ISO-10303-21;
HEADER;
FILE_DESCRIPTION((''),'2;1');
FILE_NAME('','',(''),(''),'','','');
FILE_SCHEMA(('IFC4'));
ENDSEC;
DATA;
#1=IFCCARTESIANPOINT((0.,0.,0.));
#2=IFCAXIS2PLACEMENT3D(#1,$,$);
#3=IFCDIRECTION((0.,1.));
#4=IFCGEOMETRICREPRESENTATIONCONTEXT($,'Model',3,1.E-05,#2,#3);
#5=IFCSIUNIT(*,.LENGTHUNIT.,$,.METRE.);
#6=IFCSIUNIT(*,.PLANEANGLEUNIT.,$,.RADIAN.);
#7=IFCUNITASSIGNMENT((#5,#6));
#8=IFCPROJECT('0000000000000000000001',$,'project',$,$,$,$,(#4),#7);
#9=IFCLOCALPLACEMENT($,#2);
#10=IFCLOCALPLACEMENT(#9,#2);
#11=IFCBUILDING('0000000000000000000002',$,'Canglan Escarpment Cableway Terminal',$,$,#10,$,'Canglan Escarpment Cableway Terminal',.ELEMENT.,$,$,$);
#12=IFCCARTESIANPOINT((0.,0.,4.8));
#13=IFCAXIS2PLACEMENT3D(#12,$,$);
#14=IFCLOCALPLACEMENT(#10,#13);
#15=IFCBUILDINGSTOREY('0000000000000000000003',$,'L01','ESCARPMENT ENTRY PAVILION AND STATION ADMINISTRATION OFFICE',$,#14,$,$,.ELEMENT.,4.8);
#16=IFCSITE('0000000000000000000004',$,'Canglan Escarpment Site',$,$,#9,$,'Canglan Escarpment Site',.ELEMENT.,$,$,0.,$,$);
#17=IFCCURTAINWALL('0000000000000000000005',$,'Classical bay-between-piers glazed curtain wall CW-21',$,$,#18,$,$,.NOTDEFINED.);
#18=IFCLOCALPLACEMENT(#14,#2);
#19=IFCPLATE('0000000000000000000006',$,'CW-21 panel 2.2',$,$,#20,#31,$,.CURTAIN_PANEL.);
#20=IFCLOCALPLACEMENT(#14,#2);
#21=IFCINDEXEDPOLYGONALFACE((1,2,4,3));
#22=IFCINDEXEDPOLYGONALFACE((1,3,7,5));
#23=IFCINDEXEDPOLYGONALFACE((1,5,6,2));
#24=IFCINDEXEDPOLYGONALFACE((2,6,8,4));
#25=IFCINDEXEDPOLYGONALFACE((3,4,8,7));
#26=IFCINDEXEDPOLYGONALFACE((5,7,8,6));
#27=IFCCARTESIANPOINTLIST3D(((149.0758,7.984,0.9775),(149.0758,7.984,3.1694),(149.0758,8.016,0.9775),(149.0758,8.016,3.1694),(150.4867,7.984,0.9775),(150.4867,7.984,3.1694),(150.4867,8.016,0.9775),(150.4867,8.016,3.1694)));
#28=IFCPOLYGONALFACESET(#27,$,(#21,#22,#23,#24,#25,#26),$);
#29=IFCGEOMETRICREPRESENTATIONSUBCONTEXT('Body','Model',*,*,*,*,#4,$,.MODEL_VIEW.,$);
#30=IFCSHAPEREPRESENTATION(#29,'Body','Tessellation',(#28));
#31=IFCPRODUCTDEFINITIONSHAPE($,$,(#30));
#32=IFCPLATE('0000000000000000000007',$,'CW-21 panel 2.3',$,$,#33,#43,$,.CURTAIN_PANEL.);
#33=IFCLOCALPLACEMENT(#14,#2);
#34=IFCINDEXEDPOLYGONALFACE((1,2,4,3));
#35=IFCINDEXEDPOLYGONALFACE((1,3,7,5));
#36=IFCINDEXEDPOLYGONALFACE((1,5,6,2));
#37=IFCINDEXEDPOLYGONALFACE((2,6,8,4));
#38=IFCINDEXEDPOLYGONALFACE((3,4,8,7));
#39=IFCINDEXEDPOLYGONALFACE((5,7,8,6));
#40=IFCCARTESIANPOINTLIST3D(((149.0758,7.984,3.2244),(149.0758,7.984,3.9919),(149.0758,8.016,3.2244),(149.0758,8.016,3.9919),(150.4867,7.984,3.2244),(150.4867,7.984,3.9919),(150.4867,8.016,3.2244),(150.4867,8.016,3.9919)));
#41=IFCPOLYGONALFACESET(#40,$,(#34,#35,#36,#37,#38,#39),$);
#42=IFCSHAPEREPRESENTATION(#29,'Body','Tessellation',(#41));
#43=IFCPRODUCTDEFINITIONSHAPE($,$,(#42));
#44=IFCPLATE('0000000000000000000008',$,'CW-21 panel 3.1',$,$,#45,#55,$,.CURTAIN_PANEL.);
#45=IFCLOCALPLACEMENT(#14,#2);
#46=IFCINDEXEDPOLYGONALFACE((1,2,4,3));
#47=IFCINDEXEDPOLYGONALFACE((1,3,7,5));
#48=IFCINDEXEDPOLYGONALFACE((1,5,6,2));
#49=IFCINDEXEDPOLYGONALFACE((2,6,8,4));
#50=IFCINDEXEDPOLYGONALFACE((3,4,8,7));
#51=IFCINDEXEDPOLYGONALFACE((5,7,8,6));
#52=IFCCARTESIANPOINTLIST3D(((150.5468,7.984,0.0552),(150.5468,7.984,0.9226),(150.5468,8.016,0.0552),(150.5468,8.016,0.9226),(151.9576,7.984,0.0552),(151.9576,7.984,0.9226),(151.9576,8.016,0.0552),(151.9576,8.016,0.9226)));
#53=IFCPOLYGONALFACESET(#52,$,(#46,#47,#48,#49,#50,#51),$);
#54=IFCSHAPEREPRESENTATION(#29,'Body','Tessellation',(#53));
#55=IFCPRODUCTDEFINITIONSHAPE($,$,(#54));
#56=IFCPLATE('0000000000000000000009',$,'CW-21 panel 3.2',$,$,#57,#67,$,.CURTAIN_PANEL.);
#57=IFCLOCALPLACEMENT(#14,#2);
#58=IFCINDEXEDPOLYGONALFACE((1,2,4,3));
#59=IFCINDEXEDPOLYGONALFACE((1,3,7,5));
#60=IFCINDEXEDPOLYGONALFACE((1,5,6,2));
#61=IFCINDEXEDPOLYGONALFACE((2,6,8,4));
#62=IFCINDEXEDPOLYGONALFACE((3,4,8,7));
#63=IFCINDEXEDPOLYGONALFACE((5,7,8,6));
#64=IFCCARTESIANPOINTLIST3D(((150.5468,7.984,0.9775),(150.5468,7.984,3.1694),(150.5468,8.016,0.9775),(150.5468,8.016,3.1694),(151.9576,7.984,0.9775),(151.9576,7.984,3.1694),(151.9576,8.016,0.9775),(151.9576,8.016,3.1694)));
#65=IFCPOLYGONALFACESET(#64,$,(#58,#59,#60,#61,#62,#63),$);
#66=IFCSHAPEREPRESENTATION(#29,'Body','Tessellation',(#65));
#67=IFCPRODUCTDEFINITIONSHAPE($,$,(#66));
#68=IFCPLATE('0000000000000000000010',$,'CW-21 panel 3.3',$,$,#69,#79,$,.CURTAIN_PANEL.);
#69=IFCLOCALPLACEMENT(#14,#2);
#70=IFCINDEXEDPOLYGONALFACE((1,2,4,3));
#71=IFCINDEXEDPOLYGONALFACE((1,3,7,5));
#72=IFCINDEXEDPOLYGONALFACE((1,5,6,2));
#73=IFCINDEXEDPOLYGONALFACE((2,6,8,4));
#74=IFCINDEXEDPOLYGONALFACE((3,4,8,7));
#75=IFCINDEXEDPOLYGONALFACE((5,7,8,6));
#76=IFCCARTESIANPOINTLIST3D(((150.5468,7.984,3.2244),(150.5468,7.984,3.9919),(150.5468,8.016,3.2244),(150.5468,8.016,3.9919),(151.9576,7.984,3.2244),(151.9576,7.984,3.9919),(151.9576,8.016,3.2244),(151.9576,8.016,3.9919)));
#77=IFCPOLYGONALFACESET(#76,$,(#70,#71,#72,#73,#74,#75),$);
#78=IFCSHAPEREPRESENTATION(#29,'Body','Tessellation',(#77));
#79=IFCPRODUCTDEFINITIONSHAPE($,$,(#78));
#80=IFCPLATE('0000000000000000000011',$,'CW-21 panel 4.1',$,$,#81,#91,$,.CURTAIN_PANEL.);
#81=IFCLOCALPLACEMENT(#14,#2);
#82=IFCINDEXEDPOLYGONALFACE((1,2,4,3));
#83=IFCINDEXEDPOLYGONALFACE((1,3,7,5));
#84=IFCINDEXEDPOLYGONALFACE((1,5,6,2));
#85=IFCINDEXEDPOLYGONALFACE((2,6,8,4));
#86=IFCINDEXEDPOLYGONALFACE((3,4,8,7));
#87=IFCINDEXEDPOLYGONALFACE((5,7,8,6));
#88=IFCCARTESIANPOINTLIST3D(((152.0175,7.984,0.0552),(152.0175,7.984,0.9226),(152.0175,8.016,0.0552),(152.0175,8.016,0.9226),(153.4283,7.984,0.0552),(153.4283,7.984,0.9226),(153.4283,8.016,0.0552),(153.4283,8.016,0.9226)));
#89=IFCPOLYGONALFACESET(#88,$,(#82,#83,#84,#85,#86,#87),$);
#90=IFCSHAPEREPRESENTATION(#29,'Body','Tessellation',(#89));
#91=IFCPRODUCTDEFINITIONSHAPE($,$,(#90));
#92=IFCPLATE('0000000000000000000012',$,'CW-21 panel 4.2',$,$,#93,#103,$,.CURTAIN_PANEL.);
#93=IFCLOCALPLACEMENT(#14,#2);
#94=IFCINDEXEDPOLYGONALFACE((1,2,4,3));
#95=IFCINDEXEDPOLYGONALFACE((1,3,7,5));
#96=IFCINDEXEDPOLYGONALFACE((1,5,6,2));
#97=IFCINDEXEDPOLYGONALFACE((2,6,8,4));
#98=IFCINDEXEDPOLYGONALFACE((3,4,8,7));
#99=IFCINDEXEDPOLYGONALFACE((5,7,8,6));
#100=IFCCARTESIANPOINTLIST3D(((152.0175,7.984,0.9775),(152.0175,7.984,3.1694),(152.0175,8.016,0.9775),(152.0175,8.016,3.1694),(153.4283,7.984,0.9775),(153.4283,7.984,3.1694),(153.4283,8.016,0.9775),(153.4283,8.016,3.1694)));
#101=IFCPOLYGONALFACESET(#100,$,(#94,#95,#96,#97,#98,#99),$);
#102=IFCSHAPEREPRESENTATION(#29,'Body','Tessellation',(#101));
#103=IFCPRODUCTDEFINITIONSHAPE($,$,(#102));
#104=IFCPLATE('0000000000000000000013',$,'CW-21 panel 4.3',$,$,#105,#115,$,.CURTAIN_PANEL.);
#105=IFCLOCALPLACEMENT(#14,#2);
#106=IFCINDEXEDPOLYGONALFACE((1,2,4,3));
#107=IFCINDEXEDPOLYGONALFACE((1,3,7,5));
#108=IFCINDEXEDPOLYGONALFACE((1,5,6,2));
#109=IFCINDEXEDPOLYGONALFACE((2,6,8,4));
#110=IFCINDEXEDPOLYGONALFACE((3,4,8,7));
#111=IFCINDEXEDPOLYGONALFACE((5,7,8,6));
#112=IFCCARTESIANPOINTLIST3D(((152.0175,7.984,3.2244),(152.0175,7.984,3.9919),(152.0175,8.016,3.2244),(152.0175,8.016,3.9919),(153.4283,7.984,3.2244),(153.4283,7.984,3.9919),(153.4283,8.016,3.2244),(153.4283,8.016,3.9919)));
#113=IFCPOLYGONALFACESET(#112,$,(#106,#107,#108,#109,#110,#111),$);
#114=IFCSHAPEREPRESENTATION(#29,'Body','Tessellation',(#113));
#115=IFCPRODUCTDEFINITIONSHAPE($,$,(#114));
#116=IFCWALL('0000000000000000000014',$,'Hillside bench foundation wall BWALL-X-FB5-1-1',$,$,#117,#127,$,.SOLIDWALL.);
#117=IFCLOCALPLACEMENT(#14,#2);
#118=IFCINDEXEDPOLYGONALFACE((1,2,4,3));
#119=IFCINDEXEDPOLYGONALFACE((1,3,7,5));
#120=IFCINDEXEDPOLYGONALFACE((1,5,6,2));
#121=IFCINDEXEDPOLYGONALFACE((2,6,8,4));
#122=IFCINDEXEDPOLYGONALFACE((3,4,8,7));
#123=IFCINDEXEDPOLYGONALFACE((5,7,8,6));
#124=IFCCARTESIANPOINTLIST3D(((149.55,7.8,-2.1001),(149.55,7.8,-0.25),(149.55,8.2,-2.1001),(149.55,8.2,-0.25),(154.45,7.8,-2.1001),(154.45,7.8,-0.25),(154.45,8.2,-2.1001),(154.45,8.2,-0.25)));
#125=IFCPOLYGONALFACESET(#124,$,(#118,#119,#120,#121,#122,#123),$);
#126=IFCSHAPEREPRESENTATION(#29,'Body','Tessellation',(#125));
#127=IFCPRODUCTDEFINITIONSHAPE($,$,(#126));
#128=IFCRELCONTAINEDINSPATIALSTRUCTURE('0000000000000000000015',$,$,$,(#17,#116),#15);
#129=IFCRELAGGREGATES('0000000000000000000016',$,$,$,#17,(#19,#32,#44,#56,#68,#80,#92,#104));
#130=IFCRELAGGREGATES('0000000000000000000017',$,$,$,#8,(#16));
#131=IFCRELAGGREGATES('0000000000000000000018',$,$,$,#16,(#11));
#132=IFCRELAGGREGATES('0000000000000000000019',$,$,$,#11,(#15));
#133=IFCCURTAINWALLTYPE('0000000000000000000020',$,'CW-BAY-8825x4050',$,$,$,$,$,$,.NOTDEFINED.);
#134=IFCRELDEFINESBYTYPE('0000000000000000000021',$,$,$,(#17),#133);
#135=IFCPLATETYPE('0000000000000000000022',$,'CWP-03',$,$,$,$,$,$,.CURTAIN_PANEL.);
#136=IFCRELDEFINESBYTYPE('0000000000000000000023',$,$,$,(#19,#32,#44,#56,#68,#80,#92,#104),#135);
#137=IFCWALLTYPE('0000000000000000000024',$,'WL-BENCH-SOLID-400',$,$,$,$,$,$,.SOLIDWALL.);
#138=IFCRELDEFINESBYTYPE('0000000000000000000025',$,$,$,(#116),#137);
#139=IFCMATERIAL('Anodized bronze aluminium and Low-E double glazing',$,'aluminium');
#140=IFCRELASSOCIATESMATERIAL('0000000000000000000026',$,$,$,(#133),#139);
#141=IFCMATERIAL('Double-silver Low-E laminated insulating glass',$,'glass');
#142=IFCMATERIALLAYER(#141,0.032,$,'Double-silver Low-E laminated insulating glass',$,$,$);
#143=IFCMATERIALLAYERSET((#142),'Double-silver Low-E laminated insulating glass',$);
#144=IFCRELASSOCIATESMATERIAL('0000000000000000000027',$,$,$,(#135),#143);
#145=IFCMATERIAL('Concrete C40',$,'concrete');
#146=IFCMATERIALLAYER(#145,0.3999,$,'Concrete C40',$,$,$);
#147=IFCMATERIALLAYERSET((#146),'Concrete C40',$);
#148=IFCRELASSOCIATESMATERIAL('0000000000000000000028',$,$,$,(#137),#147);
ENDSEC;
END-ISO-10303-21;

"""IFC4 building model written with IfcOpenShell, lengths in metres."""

from ifc_helpers import new_model, si_unit, direction, frame, frame_2d, origin, origin_2d, place, context, subcontext, project, spatial, rectangle, extrude, material, layer, layer_set, type_object, element, aggregate, save


model = new_model("IFC4")

# Units and contexts
model_context = context("Model", 3, precision=1e-05, world=origin(), true_north=direction((0.0, 1.0)))
body_context = subcontext(model_context, "Body", "Model", "MODEL_VIEW")
ifc_project = project(units=[si_unit("LENGTHUNIT", "METRE"), si_unit("PLANEANGLEUNIT", "RADIAN")], contexts=[model_context])

# Site, building, storey
site_placement = place(None, origin())
site = spatial("IfcSite", under=ifc_project, at=site_placement, Name="Canglan Escarpment Site", LongName="Canglan Escarpment Site", CompositionType="ELEMENT", RefElevation=0.0)
building_placement = place(site_placement, origin())
building = spatial("IfcBuilding", under=site, at=building_placement, Name="Canglan Escarpment Cableway Terminal", LongName="Canglan Escarpment Cableway Terminal", CompositionType="ELEMENT")
storey_placement = place(building_placement, frame((0.0, 0.0, 4.8)))
storey = spatial("IfcBuildingStorey", under=building, at=storey_placement, Name="L01", Description="ESCARPMENT ENTRY PAVILION AND STATION ADMINISTRATION OFFICE", CompositionType="ELEMENT", Elevation=4.8)

# Shared definitions
ifc_material_1 = material(Name="Concrete C40", Category="concrete")

# Curtain wall, plates
ifc_material_2 = material(Name="Anodized bronze aluminium and Low-E double glazing", Category="aluminium")
curtain_wall_type = type_object("IfcCurtainWallType", Name="CW-BAY-8825x4050", PredefinedType="NOTDEFINED", material=ifc_material_2)
curtain_wall_placement = place(storey_placement, origin())
curtain_wall = element("IfcCurtainWall", 1, at=curtain_wall_placement, inside=storey, type_object=curtain_wall_type, Name="Classical bay-between-piers glazed curtain wall CW-21", PredefinedType="NOTDEFINED")
ifc_material_3 = material(Name="Double-silver Low-E laminated insulating glass", Category="glass")
ifc_layer_1 = layer(ifc_material_3, 0.032, Name="Double-silver Low-E laminated insulating glass")
ifc_layer_set_1 = layer_set([ifc_layer_1], Name="Double-silver Low-E laminated insulating glass")
plate_type = type_object("IfcPlateType", Name="CWP-03", PredefinedType="CURTAIN_PANEL", material=ifc_layer_set_1)
plate_1_placement = place(storey_placement, frame((149.7812, 8.0, 0.9775), z_axis=(0.0, 0.0, 1.0), x_axis=(1.0, 0.0, 0.0)))
plate_1 = element("IfcPlate", 2, at=plate_1_placement, type_object=plate_type, Name="CW-21 panel 2.2", PredefinedType="CURTAIN_PANEL", context=body_context, shape_type="SweptSolid", body=[
    extrude(rectangle(XDim=1.4109, YDim=0.032, at=origin_2d()), origin(), (0.0, 0.0, 1.0), 2.1919),
])
plate_2_placement = place(storey_placement, frame((149.7812, 8.0, 3.2244), z_axis=(0.0, 0.0, 1.0), x_axis=(1.0, 0.0, 0.0)))
plate_2 = element("IfcPlate", 3, at=plate_2_placement, type_object=plate_type, Name="CW-21 panel 2.3", PredefinedType="CURTAIN_PANEL", context=body_context, shape_type="SweptSolid", body=[
    extrude(rectangle(XDim=1.4109, YDim=0.032, at=origin_2d()), origin(), (0.0, 0.0, 1.0), 0.7676),
])
plate_3_placement = place(storey_placement, frame((151.2522, 8.0, 0.0552), z_axis=(0.0, 0.0, 1.0), x_axis=(1.0, 0.0, 0.0)))
plate_3 = element("IfcPlate", 4, at=plate_3_placement, type_object=plate_type, Name="CW-21 panel 3.1", PredefinedType="CURTAIN_PANEL", context=body_context, shape_type="SweptSolid", body=[
    extrude(rectangle(XDim=1.4109, YDim=0.032, at=origin_2d()), origin(), (0.0, 0.0, 1.0), 0.8674),
])
plate_4_placement = place(storey_placement, frame((151.2522, 8.0, 0.9775), z_axis=(0.0, 0.0, 1.0), x_axis=(1.0, 0.0, 0.0)))
plate_4 = element("IfcPlate", 5, at=plate_4_placement, type_object=plate_type, Name="CW-21 panel 3.2", PredefinedType="CURTAIN_PANEL", context=body_context, shape_type="SweptSolid", body=[
    extrude(rectangle(XDim=1.4109, YDim=0.032, at=origin_2d()), origin(), (0.0, 0.0, 1.0), 2.1919),
])
plate_5_placement = place(storey_placement, frame((151.2522, 8.0, 3.2244), z_axis=(0.0, 0.0, 1.0), x_axis=(1.0, 0.0, 0.0)))
plate_5 = element("IfcPlate", 6, at=plate_5_placement, type_object=plate_type, Name="CW-21 panel 3.3", PredefinedType="CURTAIN_PANEL", context=body_context, shape_type="SweptSolid", body=[
    extrude(rectangle(XDim=1.4109, YDim=0.032, at=origin_2d()), origin(), (0.0, 0.0, 1.0), 0.7676),
])
plate_6_placement = place(storey_placement, frame((152.7229, 8.0, 0.0552), z_axis=(0.0, 0.0, 1.0), x_axis=(1.0, 0.0, 0.0)))
plate_6 = element("IfcPlate", 7, at=plate_6_placement, type_object=plate_type, Name="CW-21 panel 4.1", PredefinedType="CURTAIN_PANEL", context=body_context, shape_type="SweptSolid", body=[
    extrude(rectangle(XDim=1.4109, YDim=0.032, at=origin_2d()), origin(), (0.0, 0.0, 1.0), 0.8674),
])
plate_7_placement = place(storey_placement, frame((152.7229, 8.0, 0.9775), z_axis=(0.0, 0.0, 1.0), x_axis=(1.0, 0.0, 0.0)))
plate_7 = element("IfcPlate", 8, at=plate_7_placement, type_object=plate_type, Name="CW-21 panel 4.2", PredefinedType="CURTAIN_PANEL", context=body_context, shape_type="SweptSolid", body=[
    extrude(rectangle(XDim=1.4109, YDim=0.032, at=origin_2d()), origin(), (0.0, 0.0, 1.0), 2.1919),
])
plate_8_placement = place(storey_placement, frame((152.7229, 8.0, 3.2244), z_axis=(0.0, 0.0, 1.0), x_axis=(1.0, 0.0, 0.0)))
plate_8 = element("IfcPlate", 9, at=plate_8_placement, type_object=plate_type, Name="CW-21 panel 4.3", PredefinedType="CURTAIN_PANEL", context=body_context, shape_type="SweptSolid", body=[
    extrude(rectangle(XDim=1.4109, YDim=0.032, at=origin_2d()), origin(), (0.0, 0.0, 1.0), 0.7676),
])
aggregate(curtain_wall, [plate_1, plate_2, plate_3, plate_4, plate_5, plate_6, plate_7, plate_8])

# Wall
ifc_layer_2 = layer(ifc_material_1, 0.3999, Name="Concrete C40")
ifc_layer_set_2 = layer_set([ifc_layer_2], Name="Concrete C40")
wall_type = type_object("IfcWallType", Name="WL-BENCH-SOLID-400", PredefinedType="SOLIDWALL", material=ifc_layer_set_2)
wall_placement = place(storey_placement, frame((149.55, 8.0, -2.1001), z_axis=(0.0, 0.0, 1.0), x_axis=(1.0, 0.0, 0.0)))
element("IfcWall", 10, at=wall_placement, inside=storey, type_object=wall_type, Name="Hillside bench foundation wall BWALL-X-FB5-1-1", PredefinedType="SOLIDWALL", context=body_context, shape_type="SweptSolid", body=[
    extrude(rectangle(XDim=4.8999, YDim=0.3999, at=frame_2d((2.45, 0.0))), origin(), (0.0, 0.0, 1.0), 1.8501),
])

save(model, "model.ifc")
